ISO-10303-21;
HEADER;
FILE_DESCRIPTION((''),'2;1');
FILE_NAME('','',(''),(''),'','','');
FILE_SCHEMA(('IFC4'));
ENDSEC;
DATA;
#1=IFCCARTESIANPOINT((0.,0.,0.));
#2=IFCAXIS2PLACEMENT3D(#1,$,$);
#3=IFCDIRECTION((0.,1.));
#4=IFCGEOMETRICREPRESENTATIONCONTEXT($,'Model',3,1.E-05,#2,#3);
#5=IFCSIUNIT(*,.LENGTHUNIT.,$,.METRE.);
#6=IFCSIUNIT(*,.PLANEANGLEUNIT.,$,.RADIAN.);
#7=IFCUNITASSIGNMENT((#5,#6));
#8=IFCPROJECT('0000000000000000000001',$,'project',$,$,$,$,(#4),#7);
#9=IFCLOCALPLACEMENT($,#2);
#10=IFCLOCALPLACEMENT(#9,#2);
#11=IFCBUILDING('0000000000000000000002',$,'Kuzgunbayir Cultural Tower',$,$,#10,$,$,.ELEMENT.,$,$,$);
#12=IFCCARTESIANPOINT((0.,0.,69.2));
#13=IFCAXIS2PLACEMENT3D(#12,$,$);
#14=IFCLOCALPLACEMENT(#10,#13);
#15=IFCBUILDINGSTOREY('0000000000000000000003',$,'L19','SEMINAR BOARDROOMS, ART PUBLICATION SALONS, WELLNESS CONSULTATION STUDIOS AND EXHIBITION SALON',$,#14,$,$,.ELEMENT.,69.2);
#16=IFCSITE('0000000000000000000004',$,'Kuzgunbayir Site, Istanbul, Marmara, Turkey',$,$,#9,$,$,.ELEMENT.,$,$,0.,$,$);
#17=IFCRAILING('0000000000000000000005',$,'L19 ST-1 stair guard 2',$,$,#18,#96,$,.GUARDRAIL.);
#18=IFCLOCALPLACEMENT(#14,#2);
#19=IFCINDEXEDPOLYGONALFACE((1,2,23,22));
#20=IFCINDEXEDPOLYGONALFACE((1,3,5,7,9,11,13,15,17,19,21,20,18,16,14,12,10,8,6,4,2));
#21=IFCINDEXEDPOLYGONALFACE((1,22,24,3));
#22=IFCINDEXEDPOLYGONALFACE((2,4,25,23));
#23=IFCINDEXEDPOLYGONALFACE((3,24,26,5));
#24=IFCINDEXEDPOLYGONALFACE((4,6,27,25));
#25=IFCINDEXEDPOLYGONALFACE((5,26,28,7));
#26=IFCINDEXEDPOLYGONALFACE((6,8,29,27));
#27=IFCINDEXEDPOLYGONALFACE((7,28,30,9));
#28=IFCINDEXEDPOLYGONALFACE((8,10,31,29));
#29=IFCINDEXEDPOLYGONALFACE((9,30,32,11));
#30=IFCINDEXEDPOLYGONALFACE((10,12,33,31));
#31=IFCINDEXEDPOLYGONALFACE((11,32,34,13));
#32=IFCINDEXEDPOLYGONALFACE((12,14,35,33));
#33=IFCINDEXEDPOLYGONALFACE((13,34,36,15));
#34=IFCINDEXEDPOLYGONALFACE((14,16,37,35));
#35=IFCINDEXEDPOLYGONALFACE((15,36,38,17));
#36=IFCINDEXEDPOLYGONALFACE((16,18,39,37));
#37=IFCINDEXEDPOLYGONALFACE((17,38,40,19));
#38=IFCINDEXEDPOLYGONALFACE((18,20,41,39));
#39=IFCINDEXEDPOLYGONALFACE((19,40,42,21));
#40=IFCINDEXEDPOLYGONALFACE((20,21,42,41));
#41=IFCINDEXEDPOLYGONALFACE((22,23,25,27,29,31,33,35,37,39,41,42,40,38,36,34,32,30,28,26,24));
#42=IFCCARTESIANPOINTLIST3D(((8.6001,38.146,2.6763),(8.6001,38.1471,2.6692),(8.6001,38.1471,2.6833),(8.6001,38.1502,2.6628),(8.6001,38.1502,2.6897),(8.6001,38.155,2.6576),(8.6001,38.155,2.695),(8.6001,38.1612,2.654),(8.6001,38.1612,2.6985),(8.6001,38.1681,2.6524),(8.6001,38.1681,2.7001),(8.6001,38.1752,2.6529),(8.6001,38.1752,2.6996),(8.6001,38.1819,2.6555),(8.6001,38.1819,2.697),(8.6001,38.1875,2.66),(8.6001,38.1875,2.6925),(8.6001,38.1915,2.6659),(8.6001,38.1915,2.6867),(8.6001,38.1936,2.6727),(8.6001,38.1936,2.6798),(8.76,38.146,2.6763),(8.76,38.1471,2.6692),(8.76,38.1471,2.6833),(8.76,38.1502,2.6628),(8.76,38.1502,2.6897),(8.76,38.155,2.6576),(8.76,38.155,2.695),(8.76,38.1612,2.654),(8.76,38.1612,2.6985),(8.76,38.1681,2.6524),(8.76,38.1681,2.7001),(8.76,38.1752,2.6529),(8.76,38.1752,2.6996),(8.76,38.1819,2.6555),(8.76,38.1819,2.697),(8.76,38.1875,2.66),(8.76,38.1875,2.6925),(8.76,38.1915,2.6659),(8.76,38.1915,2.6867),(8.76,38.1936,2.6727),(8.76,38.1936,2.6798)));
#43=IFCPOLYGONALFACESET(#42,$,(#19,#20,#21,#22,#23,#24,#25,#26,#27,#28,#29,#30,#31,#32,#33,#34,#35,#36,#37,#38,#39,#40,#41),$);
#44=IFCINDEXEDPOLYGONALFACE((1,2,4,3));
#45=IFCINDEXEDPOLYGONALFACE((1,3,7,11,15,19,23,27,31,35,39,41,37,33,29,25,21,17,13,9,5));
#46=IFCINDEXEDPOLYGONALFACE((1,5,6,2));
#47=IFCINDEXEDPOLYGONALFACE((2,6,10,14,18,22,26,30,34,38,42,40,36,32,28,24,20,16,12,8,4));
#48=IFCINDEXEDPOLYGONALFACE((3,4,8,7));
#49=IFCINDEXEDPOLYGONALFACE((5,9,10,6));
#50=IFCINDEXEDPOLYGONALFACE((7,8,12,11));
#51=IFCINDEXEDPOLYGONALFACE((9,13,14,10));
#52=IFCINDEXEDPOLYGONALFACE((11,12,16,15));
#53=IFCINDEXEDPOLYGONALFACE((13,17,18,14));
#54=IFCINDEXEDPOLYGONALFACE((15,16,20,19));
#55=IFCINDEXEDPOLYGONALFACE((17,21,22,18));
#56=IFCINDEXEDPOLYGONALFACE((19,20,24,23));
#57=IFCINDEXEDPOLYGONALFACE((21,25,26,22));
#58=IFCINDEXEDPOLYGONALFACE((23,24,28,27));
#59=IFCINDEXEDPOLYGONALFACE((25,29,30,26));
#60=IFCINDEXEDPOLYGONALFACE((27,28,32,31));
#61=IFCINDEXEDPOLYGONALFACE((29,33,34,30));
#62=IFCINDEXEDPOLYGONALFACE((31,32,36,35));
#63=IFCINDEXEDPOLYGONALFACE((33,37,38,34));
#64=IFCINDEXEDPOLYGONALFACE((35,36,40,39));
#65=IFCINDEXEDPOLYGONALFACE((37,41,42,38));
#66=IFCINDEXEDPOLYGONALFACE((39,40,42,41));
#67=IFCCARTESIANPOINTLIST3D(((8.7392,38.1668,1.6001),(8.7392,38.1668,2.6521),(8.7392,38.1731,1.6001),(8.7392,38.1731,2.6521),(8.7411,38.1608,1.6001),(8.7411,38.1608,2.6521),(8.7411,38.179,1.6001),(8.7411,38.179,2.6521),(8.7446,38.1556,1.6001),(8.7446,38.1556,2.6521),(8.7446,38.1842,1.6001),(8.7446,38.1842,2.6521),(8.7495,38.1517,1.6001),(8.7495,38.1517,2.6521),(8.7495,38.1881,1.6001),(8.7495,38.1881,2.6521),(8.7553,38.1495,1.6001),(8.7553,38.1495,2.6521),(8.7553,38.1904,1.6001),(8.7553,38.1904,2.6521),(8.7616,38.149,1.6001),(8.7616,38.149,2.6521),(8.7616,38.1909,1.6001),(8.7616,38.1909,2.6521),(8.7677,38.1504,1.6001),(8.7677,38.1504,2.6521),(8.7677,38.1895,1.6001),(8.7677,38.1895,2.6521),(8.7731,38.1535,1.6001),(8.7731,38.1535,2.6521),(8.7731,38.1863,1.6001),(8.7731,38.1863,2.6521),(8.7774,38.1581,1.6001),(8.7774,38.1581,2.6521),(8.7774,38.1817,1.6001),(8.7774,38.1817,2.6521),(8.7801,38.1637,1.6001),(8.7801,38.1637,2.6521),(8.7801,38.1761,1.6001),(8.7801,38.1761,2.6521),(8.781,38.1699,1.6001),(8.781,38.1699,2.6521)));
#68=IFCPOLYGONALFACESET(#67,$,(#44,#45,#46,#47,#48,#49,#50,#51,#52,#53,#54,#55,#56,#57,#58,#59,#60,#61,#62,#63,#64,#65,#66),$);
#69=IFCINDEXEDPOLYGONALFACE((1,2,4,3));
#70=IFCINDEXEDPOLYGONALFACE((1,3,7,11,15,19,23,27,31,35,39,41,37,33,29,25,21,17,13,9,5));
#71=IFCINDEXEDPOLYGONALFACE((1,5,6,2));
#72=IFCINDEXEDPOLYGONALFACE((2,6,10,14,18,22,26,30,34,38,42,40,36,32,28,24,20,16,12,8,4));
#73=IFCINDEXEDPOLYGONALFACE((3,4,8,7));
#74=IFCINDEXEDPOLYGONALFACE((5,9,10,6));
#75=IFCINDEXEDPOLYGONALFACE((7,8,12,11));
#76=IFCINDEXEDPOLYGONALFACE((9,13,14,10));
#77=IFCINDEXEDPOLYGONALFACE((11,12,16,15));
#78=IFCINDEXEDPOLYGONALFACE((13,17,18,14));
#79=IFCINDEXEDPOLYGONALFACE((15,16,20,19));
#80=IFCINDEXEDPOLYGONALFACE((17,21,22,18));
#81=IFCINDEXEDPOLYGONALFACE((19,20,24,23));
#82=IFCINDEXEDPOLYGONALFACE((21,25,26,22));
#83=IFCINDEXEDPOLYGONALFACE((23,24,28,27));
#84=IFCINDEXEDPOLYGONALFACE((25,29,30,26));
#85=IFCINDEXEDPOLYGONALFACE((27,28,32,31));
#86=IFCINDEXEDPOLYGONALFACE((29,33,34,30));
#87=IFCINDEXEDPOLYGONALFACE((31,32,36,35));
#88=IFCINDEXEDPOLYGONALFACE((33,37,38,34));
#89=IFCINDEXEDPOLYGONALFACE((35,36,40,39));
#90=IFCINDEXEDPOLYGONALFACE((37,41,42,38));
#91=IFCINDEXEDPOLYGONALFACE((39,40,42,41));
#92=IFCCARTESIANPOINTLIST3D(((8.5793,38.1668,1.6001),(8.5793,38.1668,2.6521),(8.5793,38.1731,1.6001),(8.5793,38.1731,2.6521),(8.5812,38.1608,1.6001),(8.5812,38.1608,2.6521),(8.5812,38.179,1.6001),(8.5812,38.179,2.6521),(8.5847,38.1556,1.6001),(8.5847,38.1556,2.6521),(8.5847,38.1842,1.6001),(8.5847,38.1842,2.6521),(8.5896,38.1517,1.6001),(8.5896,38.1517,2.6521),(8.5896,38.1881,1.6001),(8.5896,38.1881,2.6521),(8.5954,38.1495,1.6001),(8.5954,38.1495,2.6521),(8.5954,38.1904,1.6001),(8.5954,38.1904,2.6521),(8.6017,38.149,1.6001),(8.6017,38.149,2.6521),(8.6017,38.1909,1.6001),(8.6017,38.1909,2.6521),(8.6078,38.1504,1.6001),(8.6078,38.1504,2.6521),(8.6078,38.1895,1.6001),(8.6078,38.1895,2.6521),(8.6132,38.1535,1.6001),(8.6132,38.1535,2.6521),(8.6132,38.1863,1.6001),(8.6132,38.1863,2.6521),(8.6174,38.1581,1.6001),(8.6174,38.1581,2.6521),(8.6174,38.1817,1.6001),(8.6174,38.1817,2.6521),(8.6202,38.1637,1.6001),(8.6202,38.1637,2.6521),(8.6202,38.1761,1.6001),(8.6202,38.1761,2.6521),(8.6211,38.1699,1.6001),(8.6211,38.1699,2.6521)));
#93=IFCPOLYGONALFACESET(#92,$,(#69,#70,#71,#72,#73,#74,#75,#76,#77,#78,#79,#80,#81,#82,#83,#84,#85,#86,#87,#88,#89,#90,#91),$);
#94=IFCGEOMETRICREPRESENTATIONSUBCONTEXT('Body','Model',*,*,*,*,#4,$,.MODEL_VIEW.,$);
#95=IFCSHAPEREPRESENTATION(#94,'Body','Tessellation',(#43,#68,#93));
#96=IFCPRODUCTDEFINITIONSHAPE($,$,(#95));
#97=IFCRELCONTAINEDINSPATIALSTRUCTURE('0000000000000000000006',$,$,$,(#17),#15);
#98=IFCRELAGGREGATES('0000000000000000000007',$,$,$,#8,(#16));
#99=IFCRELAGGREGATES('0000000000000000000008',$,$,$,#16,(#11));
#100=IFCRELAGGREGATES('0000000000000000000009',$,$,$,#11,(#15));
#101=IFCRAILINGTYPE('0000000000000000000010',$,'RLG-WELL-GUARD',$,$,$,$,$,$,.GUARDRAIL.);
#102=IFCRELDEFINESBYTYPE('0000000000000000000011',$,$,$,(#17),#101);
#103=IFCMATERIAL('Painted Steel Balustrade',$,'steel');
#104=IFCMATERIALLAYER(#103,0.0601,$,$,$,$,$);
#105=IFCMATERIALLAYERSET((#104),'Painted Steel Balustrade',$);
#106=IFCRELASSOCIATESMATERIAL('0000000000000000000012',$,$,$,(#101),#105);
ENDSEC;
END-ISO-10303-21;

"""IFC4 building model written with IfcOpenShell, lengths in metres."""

from ifc_helpers import new_model, si_unit, direction, frame, origin, origin_2d, place, context, subcontext, project, spatial, circle, extrude, material, layer, layer_set, type_object, element, save


model = new_model("IFC4")

# Units and contexts
model_context = context("Model", 3, precision=1e-05, world=origin(), true_north=direction((0.0, 1.0)))
body_context = subcontext(model_context, "Body", "Model", "MODEL_VIEW")
ifc_project = project(units=[si_unit("LENGTHUNIT", "METRE"), si_unit("PLANEANGLEUNIT", "RADIAN")], contexts=[model_context])

# Site, building, storey
site_placement = place(None, origin())
site = spatial("IfcSite", under=ifc_project, at=site_placement, Name="Kuzgunbayir Site, Istanbul, Marmara, Turkey", CompositionType="ELEMENT", RefElevation=0.0)
building_placement = place(site_placement, origin())
building = spatial("IfcBuilding", under=site, at=building_placement, Name="Kuzgunbayir Cultural Tower", CompositionType="ELEMENT")
storey_placement = place(building_placement, frame((0.0, 0.0, 69.2)))
storey = spatial("IfcBuildingStorey", under=building, at=storey_placement, Name="L19", Description="SEMINAR BOARDROOMS, ART PUBLICATION SALONS, WELLNESS CONSULTATION STUDIOS AND EXHIBITION SALON", CompositionType="ELEMENT", Elevation=69.2)

# Railing
ifc_material_1 = material(Name="Painted Steel Balustrade", Category="steel")
ifc_layer_1 = layer(ifc_material_1, 0.0601)
ifc_layer_set_1 = layer_set([ifc_layer_1], Name="Painted Steel Balustrade")
railing_type_1 = type_object("IfcRailingType", Name="RLG-WELL-GUARD", PredefinedType="GUARDRAIL", material=ifc_layer_set_1)
railing_1_placement = place(storey_placement, frame((8.76, 38.1699, 1.6001)))
element("IfcRailing", 1, at=railing_1_placement, inside=storey, type_object=railing_type_1, Name="L19 ST-1 stair guard 2", PredefinedType="GUARDRAIL", context=body_context, shape_type="SweptSolid", body=[
    extrude(circle(Radius=0.0239, at=origin_2d()), frame((0.0, 0.0, 1.0762), z_axis=(-1.0, 0.0, 0.0), x_axis=(0.0, -1.0, 0.0)), (0.0, 0.0, 1.0), 0.1599),
    extrude(circle(Radius=0.021, at=origin_2d()), origin(), (0.0, 0.0, 1.0), 1.052),
    extrude(circle(Radius=0.021, at=origin_2d()), frame((-0.1599, 0.0, 0.0)), (0.0, 0.0, 1.0), 1.052),
])

save(model, "model.ifc")
